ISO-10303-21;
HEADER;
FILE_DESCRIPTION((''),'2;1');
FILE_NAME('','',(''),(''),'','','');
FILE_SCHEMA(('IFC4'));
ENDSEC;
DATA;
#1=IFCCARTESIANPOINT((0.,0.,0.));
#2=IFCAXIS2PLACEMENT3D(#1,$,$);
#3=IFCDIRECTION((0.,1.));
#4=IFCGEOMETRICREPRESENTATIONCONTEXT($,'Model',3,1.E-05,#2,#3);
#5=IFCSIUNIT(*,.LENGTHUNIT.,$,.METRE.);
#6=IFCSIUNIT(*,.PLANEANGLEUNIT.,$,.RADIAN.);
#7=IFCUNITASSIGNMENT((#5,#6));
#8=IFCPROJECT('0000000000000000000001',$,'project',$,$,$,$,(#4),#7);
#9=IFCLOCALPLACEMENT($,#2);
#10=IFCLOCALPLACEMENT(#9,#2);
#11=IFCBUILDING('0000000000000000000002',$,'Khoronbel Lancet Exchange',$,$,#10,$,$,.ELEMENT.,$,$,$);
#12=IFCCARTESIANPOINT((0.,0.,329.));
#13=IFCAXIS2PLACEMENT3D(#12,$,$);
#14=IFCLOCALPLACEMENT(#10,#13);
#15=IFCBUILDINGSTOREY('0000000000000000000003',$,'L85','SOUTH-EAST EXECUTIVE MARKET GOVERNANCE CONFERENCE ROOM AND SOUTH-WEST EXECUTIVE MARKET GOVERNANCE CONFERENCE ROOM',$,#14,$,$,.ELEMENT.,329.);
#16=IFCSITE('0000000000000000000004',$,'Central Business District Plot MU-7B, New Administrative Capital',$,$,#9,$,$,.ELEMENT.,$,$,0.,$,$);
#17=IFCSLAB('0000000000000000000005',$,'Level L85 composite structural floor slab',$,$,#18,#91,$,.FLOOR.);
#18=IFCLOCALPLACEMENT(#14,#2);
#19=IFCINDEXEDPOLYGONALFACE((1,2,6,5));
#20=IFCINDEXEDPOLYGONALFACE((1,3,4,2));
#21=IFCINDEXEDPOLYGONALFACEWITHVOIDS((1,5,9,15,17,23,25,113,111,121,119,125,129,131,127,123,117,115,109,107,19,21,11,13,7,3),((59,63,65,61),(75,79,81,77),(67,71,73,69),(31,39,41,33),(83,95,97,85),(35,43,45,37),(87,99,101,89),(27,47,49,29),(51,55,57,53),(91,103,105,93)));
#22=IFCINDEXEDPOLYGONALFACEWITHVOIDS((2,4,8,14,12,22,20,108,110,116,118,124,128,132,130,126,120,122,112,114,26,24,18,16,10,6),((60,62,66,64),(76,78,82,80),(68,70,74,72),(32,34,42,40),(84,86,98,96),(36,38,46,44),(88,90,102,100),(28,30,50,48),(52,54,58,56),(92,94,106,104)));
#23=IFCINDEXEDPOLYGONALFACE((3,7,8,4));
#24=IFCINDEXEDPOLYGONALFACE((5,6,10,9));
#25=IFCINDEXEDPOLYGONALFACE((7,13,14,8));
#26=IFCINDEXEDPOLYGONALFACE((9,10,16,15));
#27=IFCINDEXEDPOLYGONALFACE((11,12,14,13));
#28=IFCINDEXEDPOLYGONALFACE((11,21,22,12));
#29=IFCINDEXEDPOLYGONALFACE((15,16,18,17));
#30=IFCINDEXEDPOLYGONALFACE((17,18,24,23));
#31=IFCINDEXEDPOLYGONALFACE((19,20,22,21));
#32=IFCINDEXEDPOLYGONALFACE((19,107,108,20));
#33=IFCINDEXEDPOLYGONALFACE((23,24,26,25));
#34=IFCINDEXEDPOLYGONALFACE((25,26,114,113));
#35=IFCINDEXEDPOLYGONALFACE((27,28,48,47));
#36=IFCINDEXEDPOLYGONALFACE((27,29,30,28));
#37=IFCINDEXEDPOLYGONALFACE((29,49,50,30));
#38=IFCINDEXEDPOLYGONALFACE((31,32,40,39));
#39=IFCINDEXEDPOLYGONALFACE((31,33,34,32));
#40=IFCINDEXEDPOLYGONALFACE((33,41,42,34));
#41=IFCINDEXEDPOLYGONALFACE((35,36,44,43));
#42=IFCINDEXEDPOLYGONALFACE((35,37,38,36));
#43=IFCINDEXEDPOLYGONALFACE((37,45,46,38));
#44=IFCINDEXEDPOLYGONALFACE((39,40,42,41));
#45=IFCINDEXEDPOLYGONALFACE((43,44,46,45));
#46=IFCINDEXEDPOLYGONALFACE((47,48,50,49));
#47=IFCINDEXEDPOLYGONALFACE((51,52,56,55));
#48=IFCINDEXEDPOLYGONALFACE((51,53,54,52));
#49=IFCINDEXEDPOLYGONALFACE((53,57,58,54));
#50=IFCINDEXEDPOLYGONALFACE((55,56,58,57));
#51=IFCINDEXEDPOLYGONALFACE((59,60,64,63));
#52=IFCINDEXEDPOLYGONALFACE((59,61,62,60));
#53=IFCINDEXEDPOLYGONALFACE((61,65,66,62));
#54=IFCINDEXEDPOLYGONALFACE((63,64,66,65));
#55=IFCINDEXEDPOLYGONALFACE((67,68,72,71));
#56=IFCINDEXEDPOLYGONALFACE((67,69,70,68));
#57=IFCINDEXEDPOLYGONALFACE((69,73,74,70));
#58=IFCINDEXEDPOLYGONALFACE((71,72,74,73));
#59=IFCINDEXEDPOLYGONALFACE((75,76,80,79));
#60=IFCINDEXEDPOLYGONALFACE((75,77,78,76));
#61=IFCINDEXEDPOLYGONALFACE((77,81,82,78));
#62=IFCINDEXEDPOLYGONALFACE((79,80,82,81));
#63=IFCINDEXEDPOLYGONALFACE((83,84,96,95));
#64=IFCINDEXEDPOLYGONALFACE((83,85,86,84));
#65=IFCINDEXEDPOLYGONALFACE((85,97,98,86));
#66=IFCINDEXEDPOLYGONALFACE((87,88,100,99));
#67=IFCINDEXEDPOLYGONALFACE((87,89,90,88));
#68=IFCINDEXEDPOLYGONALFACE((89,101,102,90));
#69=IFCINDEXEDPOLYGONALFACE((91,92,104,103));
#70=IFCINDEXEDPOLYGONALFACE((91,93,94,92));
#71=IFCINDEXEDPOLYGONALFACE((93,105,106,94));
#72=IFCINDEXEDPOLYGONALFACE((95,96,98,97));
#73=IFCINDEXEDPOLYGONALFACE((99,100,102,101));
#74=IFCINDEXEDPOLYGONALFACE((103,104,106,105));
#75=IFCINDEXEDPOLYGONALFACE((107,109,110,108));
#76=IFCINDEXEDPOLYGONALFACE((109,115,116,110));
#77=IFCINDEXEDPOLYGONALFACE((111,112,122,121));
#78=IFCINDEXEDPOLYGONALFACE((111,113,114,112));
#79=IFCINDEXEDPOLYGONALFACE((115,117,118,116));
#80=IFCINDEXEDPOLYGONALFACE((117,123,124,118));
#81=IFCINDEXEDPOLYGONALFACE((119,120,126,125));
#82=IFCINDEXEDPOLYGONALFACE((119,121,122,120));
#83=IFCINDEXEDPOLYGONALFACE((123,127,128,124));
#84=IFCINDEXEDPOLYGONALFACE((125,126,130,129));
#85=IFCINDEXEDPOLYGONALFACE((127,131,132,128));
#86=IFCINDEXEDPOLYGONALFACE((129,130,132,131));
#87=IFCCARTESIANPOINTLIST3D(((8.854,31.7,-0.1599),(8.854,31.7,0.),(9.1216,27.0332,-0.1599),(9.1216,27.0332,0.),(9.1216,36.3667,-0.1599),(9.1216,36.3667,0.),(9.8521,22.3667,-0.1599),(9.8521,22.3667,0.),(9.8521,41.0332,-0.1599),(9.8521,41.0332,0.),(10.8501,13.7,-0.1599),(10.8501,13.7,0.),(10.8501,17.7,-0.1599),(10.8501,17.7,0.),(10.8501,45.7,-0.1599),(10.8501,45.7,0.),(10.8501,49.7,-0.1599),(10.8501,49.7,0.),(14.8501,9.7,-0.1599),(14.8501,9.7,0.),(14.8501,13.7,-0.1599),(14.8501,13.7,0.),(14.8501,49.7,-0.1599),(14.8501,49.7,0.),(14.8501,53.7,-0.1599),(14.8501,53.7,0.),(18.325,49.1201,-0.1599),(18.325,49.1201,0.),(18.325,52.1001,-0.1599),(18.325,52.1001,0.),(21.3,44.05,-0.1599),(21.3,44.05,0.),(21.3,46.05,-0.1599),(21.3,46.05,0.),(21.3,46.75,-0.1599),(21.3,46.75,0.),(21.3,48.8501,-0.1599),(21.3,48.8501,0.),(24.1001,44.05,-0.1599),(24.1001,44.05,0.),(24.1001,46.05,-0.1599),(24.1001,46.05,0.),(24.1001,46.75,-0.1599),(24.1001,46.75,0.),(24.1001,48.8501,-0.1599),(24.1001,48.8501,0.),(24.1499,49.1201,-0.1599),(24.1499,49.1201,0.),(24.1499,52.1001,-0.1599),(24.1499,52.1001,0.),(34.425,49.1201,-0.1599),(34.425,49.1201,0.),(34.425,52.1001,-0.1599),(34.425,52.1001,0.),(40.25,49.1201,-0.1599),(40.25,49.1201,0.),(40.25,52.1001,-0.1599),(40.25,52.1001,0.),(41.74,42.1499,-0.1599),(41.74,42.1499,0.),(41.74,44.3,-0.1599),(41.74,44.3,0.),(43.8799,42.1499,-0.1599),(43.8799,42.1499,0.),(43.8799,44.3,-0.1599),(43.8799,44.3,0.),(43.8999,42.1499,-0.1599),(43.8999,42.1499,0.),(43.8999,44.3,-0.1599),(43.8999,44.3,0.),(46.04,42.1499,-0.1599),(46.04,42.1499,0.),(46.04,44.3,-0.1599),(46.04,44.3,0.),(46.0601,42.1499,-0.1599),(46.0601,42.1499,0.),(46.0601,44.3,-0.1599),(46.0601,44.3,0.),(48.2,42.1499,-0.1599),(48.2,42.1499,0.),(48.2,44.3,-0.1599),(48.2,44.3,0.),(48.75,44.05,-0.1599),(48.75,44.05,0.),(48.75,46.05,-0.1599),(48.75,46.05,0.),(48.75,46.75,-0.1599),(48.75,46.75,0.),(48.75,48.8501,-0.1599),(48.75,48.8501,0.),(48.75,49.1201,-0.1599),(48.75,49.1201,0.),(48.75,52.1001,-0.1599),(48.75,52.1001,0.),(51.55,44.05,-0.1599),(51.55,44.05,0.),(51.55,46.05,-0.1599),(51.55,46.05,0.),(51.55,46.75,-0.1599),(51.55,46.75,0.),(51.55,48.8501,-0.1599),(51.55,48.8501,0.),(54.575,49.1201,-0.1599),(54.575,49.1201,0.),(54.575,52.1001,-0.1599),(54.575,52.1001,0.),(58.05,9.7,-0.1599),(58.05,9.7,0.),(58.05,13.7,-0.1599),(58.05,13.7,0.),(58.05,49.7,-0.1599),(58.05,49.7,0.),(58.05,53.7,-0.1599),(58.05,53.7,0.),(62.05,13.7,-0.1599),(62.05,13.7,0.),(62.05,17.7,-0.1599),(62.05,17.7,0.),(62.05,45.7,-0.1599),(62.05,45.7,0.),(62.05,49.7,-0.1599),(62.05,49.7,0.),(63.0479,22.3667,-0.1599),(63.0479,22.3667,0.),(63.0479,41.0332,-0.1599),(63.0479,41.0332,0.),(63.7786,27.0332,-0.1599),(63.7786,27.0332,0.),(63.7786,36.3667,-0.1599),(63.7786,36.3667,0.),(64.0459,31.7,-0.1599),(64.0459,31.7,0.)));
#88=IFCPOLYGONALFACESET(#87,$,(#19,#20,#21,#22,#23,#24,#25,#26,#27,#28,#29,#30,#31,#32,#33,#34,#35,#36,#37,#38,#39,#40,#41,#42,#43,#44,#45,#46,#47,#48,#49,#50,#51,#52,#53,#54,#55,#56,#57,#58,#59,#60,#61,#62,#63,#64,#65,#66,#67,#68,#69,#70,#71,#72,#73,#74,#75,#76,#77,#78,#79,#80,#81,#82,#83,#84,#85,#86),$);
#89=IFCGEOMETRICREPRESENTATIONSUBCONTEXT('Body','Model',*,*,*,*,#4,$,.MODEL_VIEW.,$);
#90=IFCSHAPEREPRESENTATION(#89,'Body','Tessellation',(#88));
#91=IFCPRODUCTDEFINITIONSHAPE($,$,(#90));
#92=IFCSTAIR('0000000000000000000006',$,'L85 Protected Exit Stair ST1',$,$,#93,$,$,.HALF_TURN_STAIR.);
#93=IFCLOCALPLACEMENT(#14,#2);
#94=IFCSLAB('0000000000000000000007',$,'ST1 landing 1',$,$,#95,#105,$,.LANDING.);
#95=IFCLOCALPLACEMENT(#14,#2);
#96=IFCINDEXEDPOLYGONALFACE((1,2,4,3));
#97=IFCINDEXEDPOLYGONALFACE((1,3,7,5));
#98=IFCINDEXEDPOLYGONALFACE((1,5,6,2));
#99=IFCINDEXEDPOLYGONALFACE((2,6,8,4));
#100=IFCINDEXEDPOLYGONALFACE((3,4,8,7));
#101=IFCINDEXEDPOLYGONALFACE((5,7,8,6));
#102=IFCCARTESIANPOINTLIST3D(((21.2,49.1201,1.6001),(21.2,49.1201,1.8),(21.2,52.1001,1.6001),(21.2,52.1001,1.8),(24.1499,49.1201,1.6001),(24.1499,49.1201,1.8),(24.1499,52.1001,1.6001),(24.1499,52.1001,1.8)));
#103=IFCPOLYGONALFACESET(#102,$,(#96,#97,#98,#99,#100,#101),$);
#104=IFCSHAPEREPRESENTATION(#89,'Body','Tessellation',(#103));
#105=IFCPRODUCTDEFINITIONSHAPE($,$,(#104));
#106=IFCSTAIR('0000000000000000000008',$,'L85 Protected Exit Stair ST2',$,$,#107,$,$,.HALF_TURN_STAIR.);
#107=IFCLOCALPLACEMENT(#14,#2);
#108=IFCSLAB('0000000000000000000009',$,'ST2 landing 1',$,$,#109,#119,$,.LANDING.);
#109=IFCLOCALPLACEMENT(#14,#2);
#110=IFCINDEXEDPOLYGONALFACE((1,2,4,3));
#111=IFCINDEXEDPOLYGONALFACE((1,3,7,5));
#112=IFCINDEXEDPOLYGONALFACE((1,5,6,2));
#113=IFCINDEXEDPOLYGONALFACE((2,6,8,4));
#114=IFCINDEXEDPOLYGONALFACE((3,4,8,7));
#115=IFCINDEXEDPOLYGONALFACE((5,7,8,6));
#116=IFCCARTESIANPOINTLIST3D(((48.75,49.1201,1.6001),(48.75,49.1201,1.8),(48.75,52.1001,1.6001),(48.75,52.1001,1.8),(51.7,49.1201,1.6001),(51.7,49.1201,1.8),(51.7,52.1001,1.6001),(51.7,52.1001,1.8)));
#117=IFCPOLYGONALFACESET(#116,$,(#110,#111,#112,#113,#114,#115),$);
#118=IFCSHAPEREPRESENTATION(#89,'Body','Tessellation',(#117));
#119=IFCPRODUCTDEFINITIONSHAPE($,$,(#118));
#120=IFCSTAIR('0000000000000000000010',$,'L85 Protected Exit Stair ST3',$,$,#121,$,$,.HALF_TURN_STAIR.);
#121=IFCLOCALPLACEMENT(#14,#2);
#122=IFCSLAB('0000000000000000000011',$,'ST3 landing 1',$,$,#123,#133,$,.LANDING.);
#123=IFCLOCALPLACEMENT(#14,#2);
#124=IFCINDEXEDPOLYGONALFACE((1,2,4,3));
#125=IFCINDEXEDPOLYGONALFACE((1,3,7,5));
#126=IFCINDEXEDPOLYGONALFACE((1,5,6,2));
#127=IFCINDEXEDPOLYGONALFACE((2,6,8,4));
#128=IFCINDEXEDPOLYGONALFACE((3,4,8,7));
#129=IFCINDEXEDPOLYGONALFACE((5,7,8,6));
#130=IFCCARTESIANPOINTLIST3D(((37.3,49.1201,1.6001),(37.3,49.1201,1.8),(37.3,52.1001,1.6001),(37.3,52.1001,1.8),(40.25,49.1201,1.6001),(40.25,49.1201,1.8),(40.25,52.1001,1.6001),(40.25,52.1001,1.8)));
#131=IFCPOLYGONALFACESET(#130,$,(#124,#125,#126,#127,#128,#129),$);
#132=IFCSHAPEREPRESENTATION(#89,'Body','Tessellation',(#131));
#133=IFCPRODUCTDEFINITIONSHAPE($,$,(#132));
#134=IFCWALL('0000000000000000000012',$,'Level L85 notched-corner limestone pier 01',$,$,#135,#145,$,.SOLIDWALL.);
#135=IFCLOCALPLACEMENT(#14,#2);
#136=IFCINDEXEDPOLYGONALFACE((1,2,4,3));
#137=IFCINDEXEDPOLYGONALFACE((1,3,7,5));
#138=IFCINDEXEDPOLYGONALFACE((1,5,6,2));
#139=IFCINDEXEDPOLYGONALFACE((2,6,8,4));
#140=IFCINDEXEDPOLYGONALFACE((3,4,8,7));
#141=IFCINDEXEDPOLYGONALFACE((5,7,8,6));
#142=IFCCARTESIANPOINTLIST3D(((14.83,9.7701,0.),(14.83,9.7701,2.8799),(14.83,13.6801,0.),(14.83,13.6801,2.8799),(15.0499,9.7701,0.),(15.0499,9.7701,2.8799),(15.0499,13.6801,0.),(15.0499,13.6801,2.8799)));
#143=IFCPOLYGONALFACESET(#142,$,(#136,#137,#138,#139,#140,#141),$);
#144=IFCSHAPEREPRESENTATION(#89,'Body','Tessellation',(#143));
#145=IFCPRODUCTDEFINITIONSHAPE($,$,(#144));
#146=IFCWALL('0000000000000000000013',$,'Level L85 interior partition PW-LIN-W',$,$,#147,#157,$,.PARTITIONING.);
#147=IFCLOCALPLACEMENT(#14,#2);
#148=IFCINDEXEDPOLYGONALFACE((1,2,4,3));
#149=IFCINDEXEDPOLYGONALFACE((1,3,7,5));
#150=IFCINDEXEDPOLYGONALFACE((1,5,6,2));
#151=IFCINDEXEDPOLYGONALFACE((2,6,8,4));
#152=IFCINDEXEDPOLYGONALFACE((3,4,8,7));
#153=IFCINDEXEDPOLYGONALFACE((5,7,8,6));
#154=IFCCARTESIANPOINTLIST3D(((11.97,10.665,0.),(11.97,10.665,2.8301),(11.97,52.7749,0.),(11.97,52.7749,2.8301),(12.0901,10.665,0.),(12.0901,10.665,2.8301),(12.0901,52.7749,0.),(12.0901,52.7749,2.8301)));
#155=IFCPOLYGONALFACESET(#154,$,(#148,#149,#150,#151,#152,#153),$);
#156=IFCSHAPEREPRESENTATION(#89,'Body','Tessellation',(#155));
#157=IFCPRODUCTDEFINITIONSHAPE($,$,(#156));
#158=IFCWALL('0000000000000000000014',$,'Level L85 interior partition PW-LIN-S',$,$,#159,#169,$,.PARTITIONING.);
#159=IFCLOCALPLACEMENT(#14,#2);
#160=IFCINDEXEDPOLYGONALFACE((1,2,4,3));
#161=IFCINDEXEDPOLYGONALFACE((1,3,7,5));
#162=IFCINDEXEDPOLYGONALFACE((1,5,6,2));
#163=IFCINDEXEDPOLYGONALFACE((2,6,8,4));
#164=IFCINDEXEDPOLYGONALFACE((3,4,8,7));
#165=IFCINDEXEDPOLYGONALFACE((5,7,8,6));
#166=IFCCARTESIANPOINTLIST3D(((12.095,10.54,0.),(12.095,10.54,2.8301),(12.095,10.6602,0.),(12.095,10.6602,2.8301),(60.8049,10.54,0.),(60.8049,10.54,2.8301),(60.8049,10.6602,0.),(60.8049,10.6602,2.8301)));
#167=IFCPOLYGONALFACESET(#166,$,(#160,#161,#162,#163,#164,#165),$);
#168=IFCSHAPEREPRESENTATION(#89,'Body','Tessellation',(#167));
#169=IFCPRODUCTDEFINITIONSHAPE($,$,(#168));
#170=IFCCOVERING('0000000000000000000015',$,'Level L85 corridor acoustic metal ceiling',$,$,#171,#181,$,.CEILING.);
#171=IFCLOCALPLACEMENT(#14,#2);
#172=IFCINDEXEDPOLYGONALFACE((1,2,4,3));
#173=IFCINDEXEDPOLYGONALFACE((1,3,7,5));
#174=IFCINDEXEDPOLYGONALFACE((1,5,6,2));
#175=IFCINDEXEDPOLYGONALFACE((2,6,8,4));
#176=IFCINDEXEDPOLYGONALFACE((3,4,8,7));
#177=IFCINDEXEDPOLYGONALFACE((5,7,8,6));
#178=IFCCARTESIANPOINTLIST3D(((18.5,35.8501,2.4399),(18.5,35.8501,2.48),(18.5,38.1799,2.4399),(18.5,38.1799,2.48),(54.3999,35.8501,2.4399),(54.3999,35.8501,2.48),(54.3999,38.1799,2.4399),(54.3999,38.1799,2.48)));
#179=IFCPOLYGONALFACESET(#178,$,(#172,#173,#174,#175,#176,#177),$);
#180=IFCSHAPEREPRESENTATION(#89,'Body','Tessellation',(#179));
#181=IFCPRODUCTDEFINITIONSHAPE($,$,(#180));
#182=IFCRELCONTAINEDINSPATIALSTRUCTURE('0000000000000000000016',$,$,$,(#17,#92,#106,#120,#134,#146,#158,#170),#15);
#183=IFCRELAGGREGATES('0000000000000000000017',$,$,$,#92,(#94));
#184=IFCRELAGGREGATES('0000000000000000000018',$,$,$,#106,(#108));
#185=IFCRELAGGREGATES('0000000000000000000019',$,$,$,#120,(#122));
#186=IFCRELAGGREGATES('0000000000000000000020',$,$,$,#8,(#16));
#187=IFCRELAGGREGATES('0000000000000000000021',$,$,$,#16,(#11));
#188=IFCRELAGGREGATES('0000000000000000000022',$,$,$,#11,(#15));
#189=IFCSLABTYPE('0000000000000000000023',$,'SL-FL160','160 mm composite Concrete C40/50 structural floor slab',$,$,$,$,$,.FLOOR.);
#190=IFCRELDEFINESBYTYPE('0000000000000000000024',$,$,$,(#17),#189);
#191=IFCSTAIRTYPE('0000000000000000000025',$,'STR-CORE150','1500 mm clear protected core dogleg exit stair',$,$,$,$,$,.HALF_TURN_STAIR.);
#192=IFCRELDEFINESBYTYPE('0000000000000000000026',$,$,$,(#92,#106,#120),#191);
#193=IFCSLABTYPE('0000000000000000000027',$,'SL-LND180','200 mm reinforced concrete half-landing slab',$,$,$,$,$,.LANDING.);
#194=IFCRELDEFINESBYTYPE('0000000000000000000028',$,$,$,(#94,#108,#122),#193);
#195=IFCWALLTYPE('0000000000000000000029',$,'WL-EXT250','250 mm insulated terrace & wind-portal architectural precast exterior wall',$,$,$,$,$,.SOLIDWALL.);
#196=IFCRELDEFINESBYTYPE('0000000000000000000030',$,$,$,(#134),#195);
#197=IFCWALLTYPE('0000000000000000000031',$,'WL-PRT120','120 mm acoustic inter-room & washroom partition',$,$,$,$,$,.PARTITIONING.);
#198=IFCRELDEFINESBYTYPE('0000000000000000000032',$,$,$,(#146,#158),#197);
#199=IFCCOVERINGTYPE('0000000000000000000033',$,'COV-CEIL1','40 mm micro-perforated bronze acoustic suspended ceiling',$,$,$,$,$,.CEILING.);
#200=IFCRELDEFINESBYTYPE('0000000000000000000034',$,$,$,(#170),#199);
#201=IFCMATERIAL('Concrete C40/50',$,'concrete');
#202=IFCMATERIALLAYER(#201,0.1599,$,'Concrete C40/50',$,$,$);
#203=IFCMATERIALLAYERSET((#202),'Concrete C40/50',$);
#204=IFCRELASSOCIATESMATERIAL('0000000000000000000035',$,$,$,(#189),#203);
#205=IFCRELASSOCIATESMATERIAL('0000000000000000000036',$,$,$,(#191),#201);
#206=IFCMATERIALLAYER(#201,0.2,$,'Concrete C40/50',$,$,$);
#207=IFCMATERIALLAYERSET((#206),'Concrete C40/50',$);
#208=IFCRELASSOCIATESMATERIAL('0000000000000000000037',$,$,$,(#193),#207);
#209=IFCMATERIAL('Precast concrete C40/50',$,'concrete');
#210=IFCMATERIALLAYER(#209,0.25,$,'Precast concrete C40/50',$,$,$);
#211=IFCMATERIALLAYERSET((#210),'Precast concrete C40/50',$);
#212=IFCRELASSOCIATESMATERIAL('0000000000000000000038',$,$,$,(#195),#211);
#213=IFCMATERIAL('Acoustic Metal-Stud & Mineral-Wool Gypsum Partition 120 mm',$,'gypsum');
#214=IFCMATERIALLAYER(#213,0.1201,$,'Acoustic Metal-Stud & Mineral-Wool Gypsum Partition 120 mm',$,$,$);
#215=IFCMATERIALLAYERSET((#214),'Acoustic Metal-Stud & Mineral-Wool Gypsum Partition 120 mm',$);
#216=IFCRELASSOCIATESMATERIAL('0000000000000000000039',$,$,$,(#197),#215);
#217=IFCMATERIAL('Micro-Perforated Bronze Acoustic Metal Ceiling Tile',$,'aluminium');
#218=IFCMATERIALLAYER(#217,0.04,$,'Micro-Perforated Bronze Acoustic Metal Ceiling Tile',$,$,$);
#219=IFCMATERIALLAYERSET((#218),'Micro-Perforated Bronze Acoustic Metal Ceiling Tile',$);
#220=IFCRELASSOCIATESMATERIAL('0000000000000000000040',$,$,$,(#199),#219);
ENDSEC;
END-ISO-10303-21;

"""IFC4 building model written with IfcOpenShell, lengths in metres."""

from ifc_helpers import new_model, si_unit, direction, frame, frame_2d, origin, place, context, subcontext, project, spatial, polyline, rectangle, outline, extrude, material, layer, layer_set, type_object, element, aggregate, save


model = new_model("IFC4")

# Units and contexts
model_context = context("Model", 3, precision=1e-05, world=origin(), true_north=direction((0.0, 1.0)))
body_context = subcontext(model_context, "Body", "Model", "MODEL_VIEW")
ifc_project = project(units=[si_unit("LENGTHUNIT", "METRE"), si_unit("PLANEANGLEUNIT", "RADIAN")], contexts=[model_context])

# Site, building, storey
site_placement = place(None, origin())
site = spatial("IfcSite", under=ifc_project, at=site_placement, Name="Central Business District Plot MU-7B, New Administrative Capital", CompositionType="ELEMENT", RefElevation=0.0)
building_placement = place(site_placement, origin())
building = spatial("IfcBuilding", under=site, at=building_placement, Name="Khoronbel Lancet Exchange", CompositionType="ELEMENT")
storey_placement = place(building_placement, frame((0.0, 0.0, 329.0)))
storey = spatial("IfcBuildingStorey", under=building, at=storey_placement, Name="L85", Description="SOUTH-EAST EXECUTIVE MARKET GOVERNANCE CONFERENCE ROOM AND SOUTH-WEST EXECUTIVE MARKET GOVERNANCE CONFERENCE ROOM", CompositionType="ELEMENT", Elevation=329.0)

# Slab
ifc_material_1 = material(Name="Concrete C40/50", Category="concrete")
ifc_layer_1 = layer(ifc_material_1, 0.1599, Name="Concrete C40/50")
ifc_layer_set_1 = layer_set([ifc_layer_1], Name="Concrete C40/50")
slab_type_1 = type_object("IfcSlabType", Name="SL-FL160", Description="160 mm composite Concrete C40/50 structural floor slab", PredefinedType="FLOOR", material=ifc_layer_set_1)
slab_1_placement = place(storey_placement, frame((0.0, 0.0, -0.1599)))
element("IfcSlab", 1, at=slab_1_placement, inside=storey, type_object=slab_type_1, Name="Level L85 composite structural floor slab", PredefinedType="FLOOR", context=body_context, shape_type="SweptSolid", body=[
    extrude(outline(polyline([(14.8501, 9.7), (58.05, 9.7), (58.05, 13.7), (62.05, 13.7), (62.05, 17.7), (63.0479, 22.3667), (63.7786, 27.0332), (64.0459, 31.7), (63.7786, 36.3667), (63.0479, 41.0332), (62.05, 45.7), (62.05, 49.7), (58.05, 49.7), (58.05, 53.7), (14.8501, 53.7), (14.8501, 49.7), (10.8501, 49.7), (10.8501, 45.7), (9.8521, 41.0332), (9.1216, 36.3667), (8.854, 31.7), (9.1216, 27.0332), (9.8521, 22.3667), (10.8501, 17.7), (10.8501, 13.7), (14.8501, 13.7), (14.8501, 9.7)]), holes=[polyline([(18.325, 49.1201), (24.1499, 49.1201), (24.1499, 52.1001), (18.325, 52.1001), (18.325, 49.1201)]), polyline([(48.75, 49.1201), (54.575, 49.1201), (54.575, 52.1001), (48.75, 52.1001), (48.75, 49.1201)]), polyline([(34.425, 49.1201), (40.25, 49.1201), (40.25, 52.1001), (34.425, 52.1001), (34.425, 49.1201)]), polyline([(41.74, 42.1499), (43.8799, 42.1499), (43.8799, 44.3), (41.74, 44.3), (41.74, 42.1499)]), polyline([(43.8999, 42.1499), (46.04, 42.1499), (46.04, 44.3), (43.8999, 44.3), (43.8999, 42.1499)]), polyline([(46.0601, 42.1499), (48.2, 42.1499), (48.2, 44.3), (46.0601, 44.3), (46.0601, 42.1499)]), polyline([(21.3, 46.75), (24.1001, 46.75), (24.1001, 48.8501), (21.3, 48.8501), (21.3, 46.75)]), polyline([(48.75, 46.75), (51.55, 46.75), (51.55, 48.8501), (48.75, 48.8501), (48.75, 46.75)]), polyline([(21.3, 44.05), (24.1001, 44.05), (24.1001, 46.05), (21.3, 46.05), (21.3, 44.05)]), polyline([(48.75, 44.05), (51.55, 44.05), (51.55, 46.05), (48.75, 46.05), (48.75, 44.05)])]), origin(), (0.0, 0.0, 1.0), 0.1599),
])

# Stairs, slabs
stair_type = type_object("IfcStairType", Name="STR-CORE150", Description="1500 mm clear protected core dogleg exit stair", PredefinedType="HALF_TURN_STAIR", material=ifc_material_1)
stair_1_placement = place(storey_placement, origin())
stair_1 = element("IfcStair", 2, at=stair_1_placement, inside=storey, type_object=stair_type, Name="L85 Protected Exit Stair ST1", PredefinedType="HALF_TURN_STAIR")
ifc_layer_2 = layer(ifc_material_1, 0.2, Name="Concrete C40/50")
ifc_layer_set_2 = layer_set([ifc_layer_2], Name="Concrete C40/50")
slab_type_2 = type_object("IfcSlabType", Name="SL-LND180", Description="200 mm reinforced concrete half-landing slab", PredefinedType="LANDING", material=ifc_layer_set_2)
slab_2_placement = place(storey_placement, frame((0.0, 0.0, 1.6001)))
slab_2 = element("IfcSlab", 3, at=slab_2_placement, type_object=slab_type_2, Name="ST1 landing 1", PredefinedType="LANDING", context=body_context, shape_type="SweptSolid", body=[
    extrude(outline(polyline([(21.2, 49.1201), (24.1499, 49.1201), (24.1499, 52.1001), (21.2, 52.1001), (21.2, 49.1201)])), origin(), (0.0, 0.0, 1.0), 0.2),
])
aggregate(stair_1, [slab_2])
stair_2_placement = place(storey_placement, origin())
stair_2 = element("IfcStair", 4, at=stair_2_placement, inside=storey, type_object=stair_type, Name="L85 Protected Exit Stair ST2", PredefinedType="HALF_TURN_STAIR")
slab_3_placement = place(storey_placement, frame((0.0, 0.0, 1.6001)))
slab_3 = element("IfcSlab", 5, at=slab_3_placement, type_object=slab_type_2, Name="ST2 landing 1", PredefinedType="LANDING", context=body_context, shape_type="SweptSolid", body=[
    extrude(outline(polyline([(51.7, 52.1001), (48.75, 52.1001), (48.75, 49.1201), (51.7, 49.1201), (51.7, 52.1001)])), origin(), (0.0, 0.0, 1.0), 0.2),
])
aggregate(stair_2, [slab_3])
stair_3_placement = place(storey_placement, origin())
stair_3 = element("IfcStair", 6, at=stair_3_placement, inside=storey, type_object=stair_type, Name="L85 Protected Exit Stair ST3", PredefinedType="HALF_TURN_STAIR")
slab_4_placement = place(storey_placement, frame((0.0, 0.0, 1.6001)))
slab_4 = element("IfcSlab", 7, at=slab_4_placement, type_object=slab_type_2, Name="ST3 landing 1", PredefinedType="LANDING", context=body_context, shape_type="SweptSolid", body=[
    extrude(outline(polyline([(37.3, 49.1201), (40.25, 49.1201), (40.25, 52.1001), (37.3, 52.1001), (37.3, 49.1201)])), origin(), (0.0, 0.0, 1.0), 0.2),
])
aggregate(stair_3, [slab_4])

# Walls
ifc_material_2 = material(Name="Precast concrete C40/50", Category="concrete")
ifc_layer_3 = layer(ifc_material_2, 0.25, Name="Precast concrete C40/50")
ifc_layer_set_3 = layer_set([ifc_layer_3], Name="Precast concrete C40/50")
wall_type_1 = type_object("IfcWallType", Name="WL-EXT250", Description="250 mm insulated terrace & wind-portal architectural precast exterior wall", PredefinedType="SOLIDWALL", material=ifc_layer_set_3)
wall_1_placement = place(storey_placement, frame((14.9399, 9.77, 0.0), z_axis=(0.0, 0.0, 1.0), x_axis=(0.0, 1.0, 0.0)))
element("IfcWall", 8, at=wall_1_placement, inside=storey, type_object=wall_type_1, Name="Level L85 notched-corner limestone pier 01", PredefinedType="SOLIDWALL", context=body_context, shape_type="SweptSolid", body=[
    extrude(rectangle(XDim=3.9099, YDim=0.22, at=frame_2d((1.9551, 0.0))), origin(), (0.0, 0.0, 1.0), 2.8799),
])
ifc_material_3 = material(Name="Acoustic Metal-Stud & Mineral-Wool Gypsum Partition 120 mm", Category="gypsum")
ifc_layer_4 = layer(ifc_material_3, 0.1201, Name="Acoustic Metal-Stud & Mineral-Wool Gypsum Partition 120 mm")
ifc_layer_set_4 = layer_set([ifc_layer_4], Name="Acoustic Metal-Stud & Mineral-Wool Gypsum Partition 120 mm")
wall_type_2 = type_object("IfcWallType", Name="WL-PRT120", Description="120 mm acoustic inter-room & washroom partition", PredefinedType="PARTITIONING", material=ifc_layer_set_4)
wall_2_placement = place(storey_placement, frame((12.03, 10.665, 0.0), z_axis=(0.0, 0.0, 1.0), x_axis=(0.0, 1.0, 0.0)))
element("IfcWall", 9, at=wall_2_placement, inside=storey, type_object=wall_type_2, Name="Level L85 interior partition PW-LIN-W", PredefinedType="PARTITIONING", context=body_context, shape_type="SweptSolid", body=[
    extrude(rectangle(XDim=42.1099, YDim=0.1201, at=frame_2d((21.0549, 0.0))), origin(), (0.0, 0.0, 1.0), 2.8301),
])
wall_3_placement = place(storey_placement, frame((12.095, 10.6001, 0.0), z_axis=(0.0, 0.0, 1.0), x_axis=(1.0, 0.0, 0.0)))
element("IfcWall", 10, at=wall_3_placement, inside=storey, type_object=wall_type_2, Name="Level L85 interior partition PW-LIN-S", PredefinedType="PARTITIONING", context=body_context, shape_type="SweptSolid", body=[
    extrude(rectangle(XDim=48.71, YDim=0.1201, at=frame_2d((24.355, 0.0))), origin(), (0.0, 0.0, 1.0), 2.8301),
])

# Covering
ifc_material_4 = material(Name="Micro-Perforated Bronze Acoustic Metal Ceiling Tile", Category="aluminium")
ifc_layer_5 = layer(ifc_material_4, 0.04, Name="Micro-Perforated Bronze Acoustic Metal Ceiling Tile")
ifc_layer_set_5 = layer_set([ifc_layer_5], Name="Micro-Perforated Bronze Acoustic Metal Ceiling Tile")
covering_type_1 = type_object("IfcCoveringType", Name="COV-CEIL1", Description="40 mm micro-perforated bronze acoustic suspended ceiling", PredefinedType="CEILING", material=ifc_layer_set_5)
covering_1_placement = place(storey_placement, frame((0.0, 0.0, 2.4399)))
element("IfcCovering", 11, at=covering_1_placement, inside=storey, type_object=covering_type_1, Name="Level L85 corridor acoustic metal ceiling", PredefinedType="CEILING", context=body_context, shape_type="SweptSolid", body=[
    extrude(outline(polyline([(18.5, 35.8501), (54.3999, 35.8501), (54.3999, 38.1799), (18.5, 38.1799), (18.5, 35.8501)])), origin(), (0.0, 0.0, 1.0), 0.04),
])

save(model, "model.ifc")
